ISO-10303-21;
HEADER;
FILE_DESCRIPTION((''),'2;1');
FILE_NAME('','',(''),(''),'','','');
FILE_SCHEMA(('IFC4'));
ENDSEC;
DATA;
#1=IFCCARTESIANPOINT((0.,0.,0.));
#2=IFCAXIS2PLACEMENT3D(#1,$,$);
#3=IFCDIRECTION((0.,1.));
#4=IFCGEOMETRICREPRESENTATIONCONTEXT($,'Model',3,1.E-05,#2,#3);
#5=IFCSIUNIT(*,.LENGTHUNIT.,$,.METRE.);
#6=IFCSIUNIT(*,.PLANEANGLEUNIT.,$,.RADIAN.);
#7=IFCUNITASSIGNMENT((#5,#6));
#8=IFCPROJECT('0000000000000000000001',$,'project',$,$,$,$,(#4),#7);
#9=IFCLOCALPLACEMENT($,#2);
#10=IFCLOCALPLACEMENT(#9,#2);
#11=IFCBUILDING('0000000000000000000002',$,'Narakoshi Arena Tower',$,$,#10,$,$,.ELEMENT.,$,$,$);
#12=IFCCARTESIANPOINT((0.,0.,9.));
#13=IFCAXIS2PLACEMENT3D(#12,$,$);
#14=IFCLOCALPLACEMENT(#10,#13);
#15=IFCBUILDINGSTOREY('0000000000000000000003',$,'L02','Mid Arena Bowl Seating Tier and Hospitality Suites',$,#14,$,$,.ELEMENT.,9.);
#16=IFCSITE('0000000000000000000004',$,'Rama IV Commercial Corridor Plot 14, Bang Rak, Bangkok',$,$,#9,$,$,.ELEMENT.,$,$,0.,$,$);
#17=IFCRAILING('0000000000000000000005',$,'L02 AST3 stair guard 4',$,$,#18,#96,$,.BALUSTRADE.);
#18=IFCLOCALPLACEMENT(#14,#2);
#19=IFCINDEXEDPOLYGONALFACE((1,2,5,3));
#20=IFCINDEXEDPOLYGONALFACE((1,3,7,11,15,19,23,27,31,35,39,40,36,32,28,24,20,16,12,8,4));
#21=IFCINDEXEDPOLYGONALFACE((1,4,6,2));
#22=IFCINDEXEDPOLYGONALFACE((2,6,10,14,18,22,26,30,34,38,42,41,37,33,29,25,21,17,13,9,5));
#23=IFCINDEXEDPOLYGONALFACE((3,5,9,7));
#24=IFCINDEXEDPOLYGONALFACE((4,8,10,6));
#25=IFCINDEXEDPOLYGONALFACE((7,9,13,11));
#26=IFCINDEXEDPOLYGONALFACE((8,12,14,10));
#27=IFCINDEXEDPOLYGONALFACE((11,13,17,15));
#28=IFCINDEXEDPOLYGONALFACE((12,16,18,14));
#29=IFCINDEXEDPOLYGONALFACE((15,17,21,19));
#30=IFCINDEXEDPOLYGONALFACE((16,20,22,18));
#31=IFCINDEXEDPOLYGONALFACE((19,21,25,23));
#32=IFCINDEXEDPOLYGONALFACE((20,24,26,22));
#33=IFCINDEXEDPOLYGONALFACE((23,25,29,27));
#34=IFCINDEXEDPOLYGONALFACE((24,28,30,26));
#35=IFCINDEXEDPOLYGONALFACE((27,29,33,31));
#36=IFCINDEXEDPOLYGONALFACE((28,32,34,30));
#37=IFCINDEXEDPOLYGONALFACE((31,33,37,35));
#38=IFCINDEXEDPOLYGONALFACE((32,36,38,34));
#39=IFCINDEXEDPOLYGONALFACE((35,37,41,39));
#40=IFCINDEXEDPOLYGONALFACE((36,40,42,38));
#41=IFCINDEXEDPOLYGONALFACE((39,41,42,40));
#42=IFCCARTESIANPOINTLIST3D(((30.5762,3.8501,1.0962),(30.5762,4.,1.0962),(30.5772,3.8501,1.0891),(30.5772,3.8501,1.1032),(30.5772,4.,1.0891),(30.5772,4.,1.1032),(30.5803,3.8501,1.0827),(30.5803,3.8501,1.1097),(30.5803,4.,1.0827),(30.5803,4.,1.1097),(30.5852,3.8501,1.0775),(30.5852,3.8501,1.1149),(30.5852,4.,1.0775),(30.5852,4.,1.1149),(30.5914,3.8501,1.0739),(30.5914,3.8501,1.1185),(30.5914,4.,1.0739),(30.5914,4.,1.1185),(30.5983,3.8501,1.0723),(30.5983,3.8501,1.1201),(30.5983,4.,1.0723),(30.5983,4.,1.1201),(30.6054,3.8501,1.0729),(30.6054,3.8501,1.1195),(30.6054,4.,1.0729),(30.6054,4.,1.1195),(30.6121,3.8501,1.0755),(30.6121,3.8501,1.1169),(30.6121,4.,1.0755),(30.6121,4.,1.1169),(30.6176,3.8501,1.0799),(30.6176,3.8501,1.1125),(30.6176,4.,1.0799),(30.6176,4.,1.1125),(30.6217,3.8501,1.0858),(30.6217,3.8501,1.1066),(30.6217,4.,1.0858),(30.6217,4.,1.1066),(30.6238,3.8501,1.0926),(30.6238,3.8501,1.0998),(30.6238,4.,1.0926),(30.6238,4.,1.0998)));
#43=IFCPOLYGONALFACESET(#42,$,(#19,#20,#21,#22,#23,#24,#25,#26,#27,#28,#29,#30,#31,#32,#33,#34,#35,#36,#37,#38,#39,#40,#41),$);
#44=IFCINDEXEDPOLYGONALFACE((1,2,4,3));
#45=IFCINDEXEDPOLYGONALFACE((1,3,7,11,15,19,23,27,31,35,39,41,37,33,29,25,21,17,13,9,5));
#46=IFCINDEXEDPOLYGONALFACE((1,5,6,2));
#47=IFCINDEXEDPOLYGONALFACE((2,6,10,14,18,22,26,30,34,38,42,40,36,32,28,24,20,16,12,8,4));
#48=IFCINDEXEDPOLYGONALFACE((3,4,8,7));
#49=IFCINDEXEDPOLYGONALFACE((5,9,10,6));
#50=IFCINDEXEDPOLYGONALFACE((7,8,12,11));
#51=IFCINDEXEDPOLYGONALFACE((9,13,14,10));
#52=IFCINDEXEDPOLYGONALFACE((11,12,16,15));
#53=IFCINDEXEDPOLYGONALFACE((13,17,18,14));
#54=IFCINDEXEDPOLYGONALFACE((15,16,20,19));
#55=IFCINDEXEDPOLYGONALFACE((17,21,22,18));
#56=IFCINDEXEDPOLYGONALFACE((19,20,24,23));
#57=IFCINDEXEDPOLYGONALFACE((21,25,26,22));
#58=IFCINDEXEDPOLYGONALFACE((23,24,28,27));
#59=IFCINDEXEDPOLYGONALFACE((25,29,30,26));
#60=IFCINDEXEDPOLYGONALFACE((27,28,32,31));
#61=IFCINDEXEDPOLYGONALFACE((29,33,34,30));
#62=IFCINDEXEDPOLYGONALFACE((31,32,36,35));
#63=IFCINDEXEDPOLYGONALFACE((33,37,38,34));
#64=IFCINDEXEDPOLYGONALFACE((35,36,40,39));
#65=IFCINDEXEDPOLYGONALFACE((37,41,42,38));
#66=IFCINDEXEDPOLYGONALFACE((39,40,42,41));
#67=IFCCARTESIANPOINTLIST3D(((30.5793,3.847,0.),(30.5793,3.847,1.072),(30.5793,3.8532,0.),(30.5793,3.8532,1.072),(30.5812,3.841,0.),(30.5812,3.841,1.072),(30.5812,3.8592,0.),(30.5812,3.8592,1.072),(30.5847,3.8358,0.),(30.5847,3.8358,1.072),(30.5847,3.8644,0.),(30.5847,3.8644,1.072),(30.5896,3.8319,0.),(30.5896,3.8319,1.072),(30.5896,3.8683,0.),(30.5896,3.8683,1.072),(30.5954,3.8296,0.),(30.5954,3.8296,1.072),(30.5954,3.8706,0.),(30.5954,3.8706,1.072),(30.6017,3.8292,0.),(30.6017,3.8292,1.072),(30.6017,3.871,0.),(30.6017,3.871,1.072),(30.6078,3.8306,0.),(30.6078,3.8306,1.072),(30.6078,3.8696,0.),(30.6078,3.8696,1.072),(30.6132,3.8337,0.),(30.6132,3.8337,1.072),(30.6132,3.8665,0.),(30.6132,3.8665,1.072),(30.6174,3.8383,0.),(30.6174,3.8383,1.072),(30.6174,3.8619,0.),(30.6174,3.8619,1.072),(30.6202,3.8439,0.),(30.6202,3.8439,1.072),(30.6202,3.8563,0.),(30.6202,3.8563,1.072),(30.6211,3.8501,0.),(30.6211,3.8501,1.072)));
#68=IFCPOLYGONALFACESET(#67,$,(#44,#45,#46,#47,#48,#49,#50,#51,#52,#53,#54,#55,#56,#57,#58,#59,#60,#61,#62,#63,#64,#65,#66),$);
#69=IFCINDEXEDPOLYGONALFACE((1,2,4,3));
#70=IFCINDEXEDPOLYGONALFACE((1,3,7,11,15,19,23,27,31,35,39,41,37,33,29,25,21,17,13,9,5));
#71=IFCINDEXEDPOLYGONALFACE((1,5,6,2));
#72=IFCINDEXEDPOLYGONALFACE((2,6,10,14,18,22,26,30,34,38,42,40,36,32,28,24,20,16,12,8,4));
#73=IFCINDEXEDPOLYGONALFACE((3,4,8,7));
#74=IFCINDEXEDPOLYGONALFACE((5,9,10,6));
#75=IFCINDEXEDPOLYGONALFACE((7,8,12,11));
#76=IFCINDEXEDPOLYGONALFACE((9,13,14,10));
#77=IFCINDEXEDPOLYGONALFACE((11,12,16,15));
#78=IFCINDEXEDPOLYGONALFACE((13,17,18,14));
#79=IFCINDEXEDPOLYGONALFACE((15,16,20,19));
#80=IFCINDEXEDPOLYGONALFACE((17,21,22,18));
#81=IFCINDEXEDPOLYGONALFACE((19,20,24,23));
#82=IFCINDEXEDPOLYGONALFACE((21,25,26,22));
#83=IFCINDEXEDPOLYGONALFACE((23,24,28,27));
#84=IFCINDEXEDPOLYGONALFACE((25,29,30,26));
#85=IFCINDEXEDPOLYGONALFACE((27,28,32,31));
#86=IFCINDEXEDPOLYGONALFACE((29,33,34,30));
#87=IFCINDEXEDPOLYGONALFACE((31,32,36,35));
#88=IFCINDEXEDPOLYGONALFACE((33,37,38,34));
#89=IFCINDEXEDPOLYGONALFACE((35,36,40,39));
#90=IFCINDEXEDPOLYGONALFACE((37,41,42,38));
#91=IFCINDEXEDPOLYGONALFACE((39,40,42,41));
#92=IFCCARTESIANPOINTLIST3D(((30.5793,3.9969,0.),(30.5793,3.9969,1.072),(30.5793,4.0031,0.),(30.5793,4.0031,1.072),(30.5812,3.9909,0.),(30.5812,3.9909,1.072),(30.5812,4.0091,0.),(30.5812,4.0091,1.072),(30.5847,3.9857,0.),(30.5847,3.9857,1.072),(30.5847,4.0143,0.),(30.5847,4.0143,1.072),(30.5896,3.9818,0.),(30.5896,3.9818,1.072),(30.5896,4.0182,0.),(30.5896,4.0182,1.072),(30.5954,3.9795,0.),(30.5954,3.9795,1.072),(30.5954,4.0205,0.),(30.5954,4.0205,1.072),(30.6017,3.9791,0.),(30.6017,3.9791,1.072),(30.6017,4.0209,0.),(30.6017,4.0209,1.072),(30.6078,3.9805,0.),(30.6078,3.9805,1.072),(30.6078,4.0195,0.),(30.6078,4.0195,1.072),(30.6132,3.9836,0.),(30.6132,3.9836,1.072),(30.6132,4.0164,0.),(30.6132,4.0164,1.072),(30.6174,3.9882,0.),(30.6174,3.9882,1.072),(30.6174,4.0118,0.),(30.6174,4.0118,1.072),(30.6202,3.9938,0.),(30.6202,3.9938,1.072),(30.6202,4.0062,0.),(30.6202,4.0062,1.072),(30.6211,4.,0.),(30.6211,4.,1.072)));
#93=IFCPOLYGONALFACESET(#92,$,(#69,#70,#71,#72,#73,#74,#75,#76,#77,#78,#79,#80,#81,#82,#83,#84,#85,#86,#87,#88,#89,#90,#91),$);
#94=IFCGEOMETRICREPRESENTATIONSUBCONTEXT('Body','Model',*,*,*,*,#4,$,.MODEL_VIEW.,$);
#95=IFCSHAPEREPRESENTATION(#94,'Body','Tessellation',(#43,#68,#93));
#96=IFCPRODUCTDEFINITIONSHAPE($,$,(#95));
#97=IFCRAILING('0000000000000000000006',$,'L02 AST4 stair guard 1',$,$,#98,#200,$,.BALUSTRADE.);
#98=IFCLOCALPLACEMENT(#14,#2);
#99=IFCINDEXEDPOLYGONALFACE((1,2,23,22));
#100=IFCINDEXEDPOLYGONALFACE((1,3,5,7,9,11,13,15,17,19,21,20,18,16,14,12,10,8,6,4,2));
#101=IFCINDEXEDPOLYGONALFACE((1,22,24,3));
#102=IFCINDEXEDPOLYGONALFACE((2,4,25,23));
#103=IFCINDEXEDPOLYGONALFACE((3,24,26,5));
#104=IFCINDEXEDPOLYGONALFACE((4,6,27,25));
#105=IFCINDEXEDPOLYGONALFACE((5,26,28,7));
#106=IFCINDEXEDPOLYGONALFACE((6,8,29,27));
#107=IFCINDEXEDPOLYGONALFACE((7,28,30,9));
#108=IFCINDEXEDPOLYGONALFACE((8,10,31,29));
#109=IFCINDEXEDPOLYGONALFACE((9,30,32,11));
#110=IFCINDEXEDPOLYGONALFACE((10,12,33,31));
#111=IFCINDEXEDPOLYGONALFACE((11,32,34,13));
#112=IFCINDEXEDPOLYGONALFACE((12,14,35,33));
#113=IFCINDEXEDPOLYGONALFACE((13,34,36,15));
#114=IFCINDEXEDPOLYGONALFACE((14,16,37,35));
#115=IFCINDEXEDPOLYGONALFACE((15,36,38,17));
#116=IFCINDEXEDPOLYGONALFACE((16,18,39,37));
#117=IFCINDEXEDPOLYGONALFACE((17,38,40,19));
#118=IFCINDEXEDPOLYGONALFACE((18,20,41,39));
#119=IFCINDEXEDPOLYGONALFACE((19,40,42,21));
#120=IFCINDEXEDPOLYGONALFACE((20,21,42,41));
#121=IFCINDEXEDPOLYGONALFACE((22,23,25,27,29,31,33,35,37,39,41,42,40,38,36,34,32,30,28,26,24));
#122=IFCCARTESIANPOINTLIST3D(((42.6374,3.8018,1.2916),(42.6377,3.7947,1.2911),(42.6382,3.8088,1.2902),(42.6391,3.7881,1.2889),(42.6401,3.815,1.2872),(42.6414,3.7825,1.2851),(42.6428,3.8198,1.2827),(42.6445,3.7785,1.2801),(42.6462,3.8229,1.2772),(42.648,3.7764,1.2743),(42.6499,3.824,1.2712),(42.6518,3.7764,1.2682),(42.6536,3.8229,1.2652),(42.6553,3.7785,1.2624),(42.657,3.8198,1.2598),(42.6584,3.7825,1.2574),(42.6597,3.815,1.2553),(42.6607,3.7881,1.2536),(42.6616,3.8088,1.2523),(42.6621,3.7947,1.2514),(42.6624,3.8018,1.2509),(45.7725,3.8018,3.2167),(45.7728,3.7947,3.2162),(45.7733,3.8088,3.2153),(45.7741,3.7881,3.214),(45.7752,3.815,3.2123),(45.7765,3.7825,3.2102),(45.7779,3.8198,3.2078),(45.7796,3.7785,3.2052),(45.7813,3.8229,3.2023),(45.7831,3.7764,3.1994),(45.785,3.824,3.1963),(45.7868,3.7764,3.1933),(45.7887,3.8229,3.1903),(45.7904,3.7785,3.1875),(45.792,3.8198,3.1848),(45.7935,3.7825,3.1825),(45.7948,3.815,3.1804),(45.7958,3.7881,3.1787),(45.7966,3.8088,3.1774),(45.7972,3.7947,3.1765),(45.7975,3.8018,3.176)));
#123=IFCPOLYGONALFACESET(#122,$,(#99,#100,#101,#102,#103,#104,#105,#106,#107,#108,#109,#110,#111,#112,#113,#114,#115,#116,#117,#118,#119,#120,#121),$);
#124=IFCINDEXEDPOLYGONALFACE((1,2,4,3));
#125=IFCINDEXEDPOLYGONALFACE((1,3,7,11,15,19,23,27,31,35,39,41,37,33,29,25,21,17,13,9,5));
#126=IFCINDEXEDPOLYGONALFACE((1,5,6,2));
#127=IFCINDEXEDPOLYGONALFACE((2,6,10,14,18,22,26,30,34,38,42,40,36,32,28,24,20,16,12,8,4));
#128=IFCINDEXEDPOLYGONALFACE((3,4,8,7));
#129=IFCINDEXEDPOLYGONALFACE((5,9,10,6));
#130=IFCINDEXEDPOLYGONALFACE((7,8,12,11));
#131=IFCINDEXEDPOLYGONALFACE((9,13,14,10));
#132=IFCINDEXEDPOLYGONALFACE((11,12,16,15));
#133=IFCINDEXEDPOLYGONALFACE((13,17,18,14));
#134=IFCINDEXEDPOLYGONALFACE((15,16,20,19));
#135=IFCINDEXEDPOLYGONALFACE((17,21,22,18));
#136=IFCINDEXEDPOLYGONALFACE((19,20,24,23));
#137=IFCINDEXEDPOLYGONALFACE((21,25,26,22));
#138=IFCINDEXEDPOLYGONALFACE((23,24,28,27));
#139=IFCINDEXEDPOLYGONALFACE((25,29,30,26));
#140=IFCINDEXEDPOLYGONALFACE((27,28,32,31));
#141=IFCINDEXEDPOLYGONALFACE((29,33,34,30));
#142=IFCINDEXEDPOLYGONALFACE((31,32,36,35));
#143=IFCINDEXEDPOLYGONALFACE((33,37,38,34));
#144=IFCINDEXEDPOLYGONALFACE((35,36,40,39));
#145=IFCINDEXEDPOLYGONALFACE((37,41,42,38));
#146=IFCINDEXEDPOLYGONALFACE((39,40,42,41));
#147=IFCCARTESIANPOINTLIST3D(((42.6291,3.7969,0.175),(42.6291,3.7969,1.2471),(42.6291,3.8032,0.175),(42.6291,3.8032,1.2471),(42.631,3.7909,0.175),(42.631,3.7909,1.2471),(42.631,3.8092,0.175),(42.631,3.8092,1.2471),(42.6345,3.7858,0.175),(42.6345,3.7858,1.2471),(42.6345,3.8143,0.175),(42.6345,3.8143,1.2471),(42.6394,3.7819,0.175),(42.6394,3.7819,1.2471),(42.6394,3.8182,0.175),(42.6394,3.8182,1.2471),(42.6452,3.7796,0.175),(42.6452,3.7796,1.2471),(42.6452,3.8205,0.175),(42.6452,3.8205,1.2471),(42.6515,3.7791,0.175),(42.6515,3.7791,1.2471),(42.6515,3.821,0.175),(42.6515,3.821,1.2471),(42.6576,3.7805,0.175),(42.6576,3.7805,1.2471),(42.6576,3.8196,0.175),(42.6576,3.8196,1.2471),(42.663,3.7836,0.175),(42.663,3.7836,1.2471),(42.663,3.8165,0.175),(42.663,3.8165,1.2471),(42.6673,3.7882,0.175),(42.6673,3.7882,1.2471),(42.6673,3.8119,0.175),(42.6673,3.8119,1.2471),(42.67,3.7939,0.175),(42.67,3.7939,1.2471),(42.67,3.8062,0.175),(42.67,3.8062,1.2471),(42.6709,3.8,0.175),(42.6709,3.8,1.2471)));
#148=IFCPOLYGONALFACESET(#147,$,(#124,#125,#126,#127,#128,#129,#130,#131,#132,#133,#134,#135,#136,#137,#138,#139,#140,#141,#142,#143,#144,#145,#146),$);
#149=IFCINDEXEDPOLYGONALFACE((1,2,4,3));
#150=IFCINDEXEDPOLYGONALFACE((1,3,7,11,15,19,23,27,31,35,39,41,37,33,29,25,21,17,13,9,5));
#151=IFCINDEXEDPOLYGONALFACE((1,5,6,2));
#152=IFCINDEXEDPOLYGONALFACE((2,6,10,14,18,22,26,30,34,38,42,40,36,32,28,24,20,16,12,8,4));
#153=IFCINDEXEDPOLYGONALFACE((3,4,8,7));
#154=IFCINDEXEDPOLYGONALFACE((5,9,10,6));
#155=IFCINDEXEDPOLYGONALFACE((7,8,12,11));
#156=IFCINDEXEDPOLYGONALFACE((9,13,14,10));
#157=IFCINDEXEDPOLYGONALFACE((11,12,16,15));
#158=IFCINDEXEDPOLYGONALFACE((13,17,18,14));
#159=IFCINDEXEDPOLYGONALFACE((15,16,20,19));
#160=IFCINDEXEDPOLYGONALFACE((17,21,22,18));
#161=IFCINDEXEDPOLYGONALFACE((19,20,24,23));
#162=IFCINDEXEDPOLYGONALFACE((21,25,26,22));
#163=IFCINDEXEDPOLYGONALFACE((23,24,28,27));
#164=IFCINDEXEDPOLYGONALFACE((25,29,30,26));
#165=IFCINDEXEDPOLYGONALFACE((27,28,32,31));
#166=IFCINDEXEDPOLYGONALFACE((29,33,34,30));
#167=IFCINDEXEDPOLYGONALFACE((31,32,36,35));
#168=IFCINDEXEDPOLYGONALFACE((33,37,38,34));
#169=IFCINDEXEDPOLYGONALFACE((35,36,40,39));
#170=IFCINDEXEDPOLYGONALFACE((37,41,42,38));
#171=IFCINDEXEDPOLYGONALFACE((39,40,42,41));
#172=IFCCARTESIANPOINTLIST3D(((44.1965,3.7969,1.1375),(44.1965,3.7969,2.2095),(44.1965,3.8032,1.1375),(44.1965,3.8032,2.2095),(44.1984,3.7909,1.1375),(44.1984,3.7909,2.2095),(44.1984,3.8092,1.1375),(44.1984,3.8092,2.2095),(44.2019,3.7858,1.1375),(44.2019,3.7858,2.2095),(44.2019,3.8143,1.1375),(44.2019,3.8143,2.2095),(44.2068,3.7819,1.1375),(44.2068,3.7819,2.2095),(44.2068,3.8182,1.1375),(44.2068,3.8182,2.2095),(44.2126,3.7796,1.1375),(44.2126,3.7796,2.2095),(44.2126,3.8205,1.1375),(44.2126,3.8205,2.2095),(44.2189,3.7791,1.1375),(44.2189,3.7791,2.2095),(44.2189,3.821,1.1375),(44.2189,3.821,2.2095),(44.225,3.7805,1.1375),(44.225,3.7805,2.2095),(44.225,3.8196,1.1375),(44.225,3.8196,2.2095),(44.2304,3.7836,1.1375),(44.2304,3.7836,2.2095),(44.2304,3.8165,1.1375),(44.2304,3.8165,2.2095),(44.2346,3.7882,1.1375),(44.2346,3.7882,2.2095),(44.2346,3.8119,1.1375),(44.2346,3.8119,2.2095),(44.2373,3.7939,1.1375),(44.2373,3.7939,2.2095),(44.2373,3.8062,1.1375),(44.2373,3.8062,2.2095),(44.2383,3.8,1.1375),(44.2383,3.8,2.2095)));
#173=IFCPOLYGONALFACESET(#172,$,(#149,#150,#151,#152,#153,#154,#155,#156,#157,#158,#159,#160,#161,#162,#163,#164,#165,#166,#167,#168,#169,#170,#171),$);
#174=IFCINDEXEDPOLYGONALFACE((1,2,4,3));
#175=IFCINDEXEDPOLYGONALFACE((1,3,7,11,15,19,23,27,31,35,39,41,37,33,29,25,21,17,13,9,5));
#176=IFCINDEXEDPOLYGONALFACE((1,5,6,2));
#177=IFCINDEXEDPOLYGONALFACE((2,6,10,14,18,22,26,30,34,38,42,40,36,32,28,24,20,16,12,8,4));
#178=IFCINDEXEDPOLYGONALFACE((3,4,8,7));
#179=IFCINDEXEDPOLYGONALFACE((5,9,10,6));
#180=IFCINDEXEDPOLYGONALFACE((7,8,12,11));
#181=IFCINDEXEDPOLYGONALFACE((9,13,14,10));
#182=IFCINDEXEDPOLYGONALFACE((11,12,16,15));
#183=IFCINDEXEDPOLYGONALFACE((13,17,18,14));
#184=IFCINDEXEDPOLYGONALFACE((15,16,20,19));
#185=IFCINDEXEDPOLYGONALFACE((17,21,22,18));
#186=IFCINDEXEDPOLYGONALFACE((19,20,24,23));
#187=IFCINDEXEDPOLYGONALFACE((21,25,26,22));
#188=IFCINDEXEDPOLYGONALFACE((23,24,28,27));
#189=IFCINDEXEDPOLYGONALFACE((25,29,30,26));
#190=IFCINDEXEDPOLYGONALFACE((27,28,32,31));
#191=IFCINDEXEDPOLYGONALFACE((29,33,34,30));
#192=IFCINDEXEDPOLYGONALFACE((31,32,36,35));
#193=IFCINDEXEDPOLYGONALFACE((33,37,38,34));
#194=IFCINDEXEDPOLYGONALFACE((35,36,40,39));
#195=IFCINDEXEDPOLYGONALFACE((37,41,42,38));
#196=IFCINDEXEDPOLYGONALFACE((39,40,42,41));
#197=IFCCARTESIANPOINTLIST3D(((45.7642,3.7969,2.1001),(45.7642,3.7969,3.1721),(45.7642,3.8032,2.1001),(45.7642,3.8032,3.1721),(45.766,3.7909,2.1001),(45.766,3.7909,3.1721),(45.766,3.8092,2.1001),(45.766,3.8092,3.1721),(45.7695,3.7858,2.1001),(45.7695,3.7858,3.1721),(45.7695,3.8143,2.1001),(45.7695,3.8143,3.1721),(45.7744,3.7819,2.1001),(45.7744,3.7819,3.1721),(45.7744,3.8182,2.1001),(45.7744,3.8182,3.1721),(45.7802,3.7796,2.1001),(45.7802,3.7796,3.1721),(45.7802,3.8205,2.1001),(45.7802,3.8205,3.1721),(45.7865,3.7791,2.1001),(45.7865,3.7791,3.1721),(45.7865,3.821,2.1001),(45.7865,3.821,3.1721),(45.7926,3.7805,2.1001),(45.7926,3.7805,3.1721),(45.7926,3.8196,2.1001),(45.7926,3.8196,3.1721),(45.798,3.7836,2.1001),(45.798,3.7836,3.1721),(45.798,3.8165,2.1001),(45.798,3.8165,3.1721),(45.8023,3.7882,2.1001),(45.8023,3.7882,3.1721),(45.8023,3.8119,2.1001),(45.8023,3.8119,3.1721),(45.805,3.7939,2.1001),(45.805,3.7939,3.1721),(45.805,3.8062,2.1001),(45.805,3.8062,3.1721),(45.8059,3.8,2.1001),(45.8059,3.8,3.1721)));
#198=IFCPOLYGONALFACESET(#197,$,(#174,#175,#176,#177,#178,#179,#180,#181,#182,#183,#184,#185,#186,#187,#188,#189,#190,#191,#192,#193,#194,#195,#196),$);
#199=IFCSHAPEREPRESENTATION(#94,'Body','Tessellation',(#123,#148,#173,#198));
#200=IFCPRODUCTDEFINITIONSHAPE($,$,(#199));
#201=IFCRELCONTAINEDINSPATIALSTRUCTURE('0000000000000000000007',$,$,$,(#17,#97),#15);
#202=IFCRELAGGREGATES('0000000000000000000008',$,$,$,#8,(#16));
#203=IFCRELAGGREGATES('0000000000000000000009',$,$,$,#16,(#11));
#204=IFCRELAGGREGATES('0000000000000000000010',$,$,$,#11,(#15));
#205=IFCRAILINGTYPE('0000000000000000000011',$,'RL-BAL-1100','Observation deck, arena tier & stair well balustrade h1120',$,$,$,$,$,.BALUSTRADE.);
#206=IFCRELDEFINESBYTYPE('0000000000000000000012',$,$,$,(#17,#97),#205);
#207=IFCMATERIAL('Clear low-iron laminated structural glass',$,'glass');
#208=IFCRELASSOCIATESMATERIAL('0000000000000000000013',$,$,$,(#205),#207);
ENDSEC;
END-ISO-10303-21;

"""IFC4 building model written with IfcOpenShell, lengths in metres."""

from ifc_helpers import new_model, si_unit, direction, frame, origin, origin_2d, place, context, subcontext, project, spatial, circle, extrude, material, type_object, element, save


model = new_model("IFC4")

# Units and contexts
model_context = context("Model", 3, precision=1e-05, world=origin(), true_north=direction((0.0, 1.0)))
body_context = subcontext(model_context, "Body", "Model", "MODEL_VIEW")
ifc_project = project(units=[si_unit("LENGTHUNIT", "METRE"), si_unit("PLANEANGLEUNIT", "RADIAN")], contexts=[model_context])

# Site, building, storey
site_placement = place(None, origin())
site = spatial("IfcSite", under=ifc_project, at=site_placement, Name="Rama IV Commercial Corridor Plot 14, Bang Rak, Bangkok", CompositionType="ELEMENT", RefElevation=0.0)
building_placement = place(site_placement, origin())
building = spatial("IfcBuilding", under=site, at=building_placement, Name="Narakoshi Arena Tower", CompositionType="ELEMENT")
storey_placement = place(building_placement, frame((0.0, 0.0, 9.0)))
storey = spatial("IfcBuildingStorey", under=building, at=storey_placement, Name="L02", Description="Mid Arena Bowl Seating Tier and Hospitality Suites", CompositionType="ELEMENT", Elevation=9.0)

# Railings
ifc_material_1 = material(Name="Clear low-iron laminated structural glass", Category="glass")
railing_type_1 = type_object("IfcRailingType", Name="RL-BAL-1100", Description="Observation deck, arena tier & stair well balustrade h1120", PredefinedType="BALUSTRADE", material=ifc_material_1)
railing_1_placement = place(storey_placement, frame((30.6001, 3.8501, 0.0)))
element("IfcRailing", 1, at=railing_1_placement, inside=storey, type_object=railing_type_1, Name="L02 AST3 stair guard 4", PredefinedType="BALUSTRADE", context=body_context, shape_type="SweptSolid", body=[
    extrude(circle(Radius=0.0239, at=origin_2d()), frame((0.0, 0.0, 1.0962), z_axis=(0.0, 1.0, 0.0), x_axis=(-1.0, 0.0, 0.0)), (0.0, 0.0, 1.0), 0.1499),
    extrude(circle(Radius=0.021, at=origin_2d()), origin(), (0.0, 0.0, 1.0), 1.072),
    extrude(circle(Radius=0.021, at=origin_2d()), frame((0.0, 0.1499, 0.0)), (0.0, 0.0, 1.0), 1.072),
])
railing_2_placement = place(storey_placement, frame((42.6499, 3.8, 0.175)))
element("IfcRailing", 2, at=railing_2_placement, inside=storey, type_object=railing_type_1, Name="L02 AST4 stair guard 1", PredefinedType="BALUSTRADE", context=body_context, shape_type="SweptSolid", body=[
    extrude(circle(Radius=0.0239, at=origin_2d()), frame((0.0, 0.0, 1.0962), z_axis=(0.852166, 0.0, 0.523271), x_axis=(0.0, 1.0, 0.0)), (0.0, 0.0, 1.0), 3.679),
    extrude(circle(Radius=0.021, at=origin_2d()), origin(), (0.0, 0.0, 1.0), 1.072),
    extrude(circle(Radius=0.021, at=origin_2d()), frame((1.5674, 0.0, 0.9624)), (0.0, 0.0, 1.0), 1.072),
    extrude(circle(Radius=0.021, at=origin_2d()), frame((3.135, 0.0, 1.925)), (0.0, 0.0, 1.0), 1.072),
])

save(model, "model.ifc")
